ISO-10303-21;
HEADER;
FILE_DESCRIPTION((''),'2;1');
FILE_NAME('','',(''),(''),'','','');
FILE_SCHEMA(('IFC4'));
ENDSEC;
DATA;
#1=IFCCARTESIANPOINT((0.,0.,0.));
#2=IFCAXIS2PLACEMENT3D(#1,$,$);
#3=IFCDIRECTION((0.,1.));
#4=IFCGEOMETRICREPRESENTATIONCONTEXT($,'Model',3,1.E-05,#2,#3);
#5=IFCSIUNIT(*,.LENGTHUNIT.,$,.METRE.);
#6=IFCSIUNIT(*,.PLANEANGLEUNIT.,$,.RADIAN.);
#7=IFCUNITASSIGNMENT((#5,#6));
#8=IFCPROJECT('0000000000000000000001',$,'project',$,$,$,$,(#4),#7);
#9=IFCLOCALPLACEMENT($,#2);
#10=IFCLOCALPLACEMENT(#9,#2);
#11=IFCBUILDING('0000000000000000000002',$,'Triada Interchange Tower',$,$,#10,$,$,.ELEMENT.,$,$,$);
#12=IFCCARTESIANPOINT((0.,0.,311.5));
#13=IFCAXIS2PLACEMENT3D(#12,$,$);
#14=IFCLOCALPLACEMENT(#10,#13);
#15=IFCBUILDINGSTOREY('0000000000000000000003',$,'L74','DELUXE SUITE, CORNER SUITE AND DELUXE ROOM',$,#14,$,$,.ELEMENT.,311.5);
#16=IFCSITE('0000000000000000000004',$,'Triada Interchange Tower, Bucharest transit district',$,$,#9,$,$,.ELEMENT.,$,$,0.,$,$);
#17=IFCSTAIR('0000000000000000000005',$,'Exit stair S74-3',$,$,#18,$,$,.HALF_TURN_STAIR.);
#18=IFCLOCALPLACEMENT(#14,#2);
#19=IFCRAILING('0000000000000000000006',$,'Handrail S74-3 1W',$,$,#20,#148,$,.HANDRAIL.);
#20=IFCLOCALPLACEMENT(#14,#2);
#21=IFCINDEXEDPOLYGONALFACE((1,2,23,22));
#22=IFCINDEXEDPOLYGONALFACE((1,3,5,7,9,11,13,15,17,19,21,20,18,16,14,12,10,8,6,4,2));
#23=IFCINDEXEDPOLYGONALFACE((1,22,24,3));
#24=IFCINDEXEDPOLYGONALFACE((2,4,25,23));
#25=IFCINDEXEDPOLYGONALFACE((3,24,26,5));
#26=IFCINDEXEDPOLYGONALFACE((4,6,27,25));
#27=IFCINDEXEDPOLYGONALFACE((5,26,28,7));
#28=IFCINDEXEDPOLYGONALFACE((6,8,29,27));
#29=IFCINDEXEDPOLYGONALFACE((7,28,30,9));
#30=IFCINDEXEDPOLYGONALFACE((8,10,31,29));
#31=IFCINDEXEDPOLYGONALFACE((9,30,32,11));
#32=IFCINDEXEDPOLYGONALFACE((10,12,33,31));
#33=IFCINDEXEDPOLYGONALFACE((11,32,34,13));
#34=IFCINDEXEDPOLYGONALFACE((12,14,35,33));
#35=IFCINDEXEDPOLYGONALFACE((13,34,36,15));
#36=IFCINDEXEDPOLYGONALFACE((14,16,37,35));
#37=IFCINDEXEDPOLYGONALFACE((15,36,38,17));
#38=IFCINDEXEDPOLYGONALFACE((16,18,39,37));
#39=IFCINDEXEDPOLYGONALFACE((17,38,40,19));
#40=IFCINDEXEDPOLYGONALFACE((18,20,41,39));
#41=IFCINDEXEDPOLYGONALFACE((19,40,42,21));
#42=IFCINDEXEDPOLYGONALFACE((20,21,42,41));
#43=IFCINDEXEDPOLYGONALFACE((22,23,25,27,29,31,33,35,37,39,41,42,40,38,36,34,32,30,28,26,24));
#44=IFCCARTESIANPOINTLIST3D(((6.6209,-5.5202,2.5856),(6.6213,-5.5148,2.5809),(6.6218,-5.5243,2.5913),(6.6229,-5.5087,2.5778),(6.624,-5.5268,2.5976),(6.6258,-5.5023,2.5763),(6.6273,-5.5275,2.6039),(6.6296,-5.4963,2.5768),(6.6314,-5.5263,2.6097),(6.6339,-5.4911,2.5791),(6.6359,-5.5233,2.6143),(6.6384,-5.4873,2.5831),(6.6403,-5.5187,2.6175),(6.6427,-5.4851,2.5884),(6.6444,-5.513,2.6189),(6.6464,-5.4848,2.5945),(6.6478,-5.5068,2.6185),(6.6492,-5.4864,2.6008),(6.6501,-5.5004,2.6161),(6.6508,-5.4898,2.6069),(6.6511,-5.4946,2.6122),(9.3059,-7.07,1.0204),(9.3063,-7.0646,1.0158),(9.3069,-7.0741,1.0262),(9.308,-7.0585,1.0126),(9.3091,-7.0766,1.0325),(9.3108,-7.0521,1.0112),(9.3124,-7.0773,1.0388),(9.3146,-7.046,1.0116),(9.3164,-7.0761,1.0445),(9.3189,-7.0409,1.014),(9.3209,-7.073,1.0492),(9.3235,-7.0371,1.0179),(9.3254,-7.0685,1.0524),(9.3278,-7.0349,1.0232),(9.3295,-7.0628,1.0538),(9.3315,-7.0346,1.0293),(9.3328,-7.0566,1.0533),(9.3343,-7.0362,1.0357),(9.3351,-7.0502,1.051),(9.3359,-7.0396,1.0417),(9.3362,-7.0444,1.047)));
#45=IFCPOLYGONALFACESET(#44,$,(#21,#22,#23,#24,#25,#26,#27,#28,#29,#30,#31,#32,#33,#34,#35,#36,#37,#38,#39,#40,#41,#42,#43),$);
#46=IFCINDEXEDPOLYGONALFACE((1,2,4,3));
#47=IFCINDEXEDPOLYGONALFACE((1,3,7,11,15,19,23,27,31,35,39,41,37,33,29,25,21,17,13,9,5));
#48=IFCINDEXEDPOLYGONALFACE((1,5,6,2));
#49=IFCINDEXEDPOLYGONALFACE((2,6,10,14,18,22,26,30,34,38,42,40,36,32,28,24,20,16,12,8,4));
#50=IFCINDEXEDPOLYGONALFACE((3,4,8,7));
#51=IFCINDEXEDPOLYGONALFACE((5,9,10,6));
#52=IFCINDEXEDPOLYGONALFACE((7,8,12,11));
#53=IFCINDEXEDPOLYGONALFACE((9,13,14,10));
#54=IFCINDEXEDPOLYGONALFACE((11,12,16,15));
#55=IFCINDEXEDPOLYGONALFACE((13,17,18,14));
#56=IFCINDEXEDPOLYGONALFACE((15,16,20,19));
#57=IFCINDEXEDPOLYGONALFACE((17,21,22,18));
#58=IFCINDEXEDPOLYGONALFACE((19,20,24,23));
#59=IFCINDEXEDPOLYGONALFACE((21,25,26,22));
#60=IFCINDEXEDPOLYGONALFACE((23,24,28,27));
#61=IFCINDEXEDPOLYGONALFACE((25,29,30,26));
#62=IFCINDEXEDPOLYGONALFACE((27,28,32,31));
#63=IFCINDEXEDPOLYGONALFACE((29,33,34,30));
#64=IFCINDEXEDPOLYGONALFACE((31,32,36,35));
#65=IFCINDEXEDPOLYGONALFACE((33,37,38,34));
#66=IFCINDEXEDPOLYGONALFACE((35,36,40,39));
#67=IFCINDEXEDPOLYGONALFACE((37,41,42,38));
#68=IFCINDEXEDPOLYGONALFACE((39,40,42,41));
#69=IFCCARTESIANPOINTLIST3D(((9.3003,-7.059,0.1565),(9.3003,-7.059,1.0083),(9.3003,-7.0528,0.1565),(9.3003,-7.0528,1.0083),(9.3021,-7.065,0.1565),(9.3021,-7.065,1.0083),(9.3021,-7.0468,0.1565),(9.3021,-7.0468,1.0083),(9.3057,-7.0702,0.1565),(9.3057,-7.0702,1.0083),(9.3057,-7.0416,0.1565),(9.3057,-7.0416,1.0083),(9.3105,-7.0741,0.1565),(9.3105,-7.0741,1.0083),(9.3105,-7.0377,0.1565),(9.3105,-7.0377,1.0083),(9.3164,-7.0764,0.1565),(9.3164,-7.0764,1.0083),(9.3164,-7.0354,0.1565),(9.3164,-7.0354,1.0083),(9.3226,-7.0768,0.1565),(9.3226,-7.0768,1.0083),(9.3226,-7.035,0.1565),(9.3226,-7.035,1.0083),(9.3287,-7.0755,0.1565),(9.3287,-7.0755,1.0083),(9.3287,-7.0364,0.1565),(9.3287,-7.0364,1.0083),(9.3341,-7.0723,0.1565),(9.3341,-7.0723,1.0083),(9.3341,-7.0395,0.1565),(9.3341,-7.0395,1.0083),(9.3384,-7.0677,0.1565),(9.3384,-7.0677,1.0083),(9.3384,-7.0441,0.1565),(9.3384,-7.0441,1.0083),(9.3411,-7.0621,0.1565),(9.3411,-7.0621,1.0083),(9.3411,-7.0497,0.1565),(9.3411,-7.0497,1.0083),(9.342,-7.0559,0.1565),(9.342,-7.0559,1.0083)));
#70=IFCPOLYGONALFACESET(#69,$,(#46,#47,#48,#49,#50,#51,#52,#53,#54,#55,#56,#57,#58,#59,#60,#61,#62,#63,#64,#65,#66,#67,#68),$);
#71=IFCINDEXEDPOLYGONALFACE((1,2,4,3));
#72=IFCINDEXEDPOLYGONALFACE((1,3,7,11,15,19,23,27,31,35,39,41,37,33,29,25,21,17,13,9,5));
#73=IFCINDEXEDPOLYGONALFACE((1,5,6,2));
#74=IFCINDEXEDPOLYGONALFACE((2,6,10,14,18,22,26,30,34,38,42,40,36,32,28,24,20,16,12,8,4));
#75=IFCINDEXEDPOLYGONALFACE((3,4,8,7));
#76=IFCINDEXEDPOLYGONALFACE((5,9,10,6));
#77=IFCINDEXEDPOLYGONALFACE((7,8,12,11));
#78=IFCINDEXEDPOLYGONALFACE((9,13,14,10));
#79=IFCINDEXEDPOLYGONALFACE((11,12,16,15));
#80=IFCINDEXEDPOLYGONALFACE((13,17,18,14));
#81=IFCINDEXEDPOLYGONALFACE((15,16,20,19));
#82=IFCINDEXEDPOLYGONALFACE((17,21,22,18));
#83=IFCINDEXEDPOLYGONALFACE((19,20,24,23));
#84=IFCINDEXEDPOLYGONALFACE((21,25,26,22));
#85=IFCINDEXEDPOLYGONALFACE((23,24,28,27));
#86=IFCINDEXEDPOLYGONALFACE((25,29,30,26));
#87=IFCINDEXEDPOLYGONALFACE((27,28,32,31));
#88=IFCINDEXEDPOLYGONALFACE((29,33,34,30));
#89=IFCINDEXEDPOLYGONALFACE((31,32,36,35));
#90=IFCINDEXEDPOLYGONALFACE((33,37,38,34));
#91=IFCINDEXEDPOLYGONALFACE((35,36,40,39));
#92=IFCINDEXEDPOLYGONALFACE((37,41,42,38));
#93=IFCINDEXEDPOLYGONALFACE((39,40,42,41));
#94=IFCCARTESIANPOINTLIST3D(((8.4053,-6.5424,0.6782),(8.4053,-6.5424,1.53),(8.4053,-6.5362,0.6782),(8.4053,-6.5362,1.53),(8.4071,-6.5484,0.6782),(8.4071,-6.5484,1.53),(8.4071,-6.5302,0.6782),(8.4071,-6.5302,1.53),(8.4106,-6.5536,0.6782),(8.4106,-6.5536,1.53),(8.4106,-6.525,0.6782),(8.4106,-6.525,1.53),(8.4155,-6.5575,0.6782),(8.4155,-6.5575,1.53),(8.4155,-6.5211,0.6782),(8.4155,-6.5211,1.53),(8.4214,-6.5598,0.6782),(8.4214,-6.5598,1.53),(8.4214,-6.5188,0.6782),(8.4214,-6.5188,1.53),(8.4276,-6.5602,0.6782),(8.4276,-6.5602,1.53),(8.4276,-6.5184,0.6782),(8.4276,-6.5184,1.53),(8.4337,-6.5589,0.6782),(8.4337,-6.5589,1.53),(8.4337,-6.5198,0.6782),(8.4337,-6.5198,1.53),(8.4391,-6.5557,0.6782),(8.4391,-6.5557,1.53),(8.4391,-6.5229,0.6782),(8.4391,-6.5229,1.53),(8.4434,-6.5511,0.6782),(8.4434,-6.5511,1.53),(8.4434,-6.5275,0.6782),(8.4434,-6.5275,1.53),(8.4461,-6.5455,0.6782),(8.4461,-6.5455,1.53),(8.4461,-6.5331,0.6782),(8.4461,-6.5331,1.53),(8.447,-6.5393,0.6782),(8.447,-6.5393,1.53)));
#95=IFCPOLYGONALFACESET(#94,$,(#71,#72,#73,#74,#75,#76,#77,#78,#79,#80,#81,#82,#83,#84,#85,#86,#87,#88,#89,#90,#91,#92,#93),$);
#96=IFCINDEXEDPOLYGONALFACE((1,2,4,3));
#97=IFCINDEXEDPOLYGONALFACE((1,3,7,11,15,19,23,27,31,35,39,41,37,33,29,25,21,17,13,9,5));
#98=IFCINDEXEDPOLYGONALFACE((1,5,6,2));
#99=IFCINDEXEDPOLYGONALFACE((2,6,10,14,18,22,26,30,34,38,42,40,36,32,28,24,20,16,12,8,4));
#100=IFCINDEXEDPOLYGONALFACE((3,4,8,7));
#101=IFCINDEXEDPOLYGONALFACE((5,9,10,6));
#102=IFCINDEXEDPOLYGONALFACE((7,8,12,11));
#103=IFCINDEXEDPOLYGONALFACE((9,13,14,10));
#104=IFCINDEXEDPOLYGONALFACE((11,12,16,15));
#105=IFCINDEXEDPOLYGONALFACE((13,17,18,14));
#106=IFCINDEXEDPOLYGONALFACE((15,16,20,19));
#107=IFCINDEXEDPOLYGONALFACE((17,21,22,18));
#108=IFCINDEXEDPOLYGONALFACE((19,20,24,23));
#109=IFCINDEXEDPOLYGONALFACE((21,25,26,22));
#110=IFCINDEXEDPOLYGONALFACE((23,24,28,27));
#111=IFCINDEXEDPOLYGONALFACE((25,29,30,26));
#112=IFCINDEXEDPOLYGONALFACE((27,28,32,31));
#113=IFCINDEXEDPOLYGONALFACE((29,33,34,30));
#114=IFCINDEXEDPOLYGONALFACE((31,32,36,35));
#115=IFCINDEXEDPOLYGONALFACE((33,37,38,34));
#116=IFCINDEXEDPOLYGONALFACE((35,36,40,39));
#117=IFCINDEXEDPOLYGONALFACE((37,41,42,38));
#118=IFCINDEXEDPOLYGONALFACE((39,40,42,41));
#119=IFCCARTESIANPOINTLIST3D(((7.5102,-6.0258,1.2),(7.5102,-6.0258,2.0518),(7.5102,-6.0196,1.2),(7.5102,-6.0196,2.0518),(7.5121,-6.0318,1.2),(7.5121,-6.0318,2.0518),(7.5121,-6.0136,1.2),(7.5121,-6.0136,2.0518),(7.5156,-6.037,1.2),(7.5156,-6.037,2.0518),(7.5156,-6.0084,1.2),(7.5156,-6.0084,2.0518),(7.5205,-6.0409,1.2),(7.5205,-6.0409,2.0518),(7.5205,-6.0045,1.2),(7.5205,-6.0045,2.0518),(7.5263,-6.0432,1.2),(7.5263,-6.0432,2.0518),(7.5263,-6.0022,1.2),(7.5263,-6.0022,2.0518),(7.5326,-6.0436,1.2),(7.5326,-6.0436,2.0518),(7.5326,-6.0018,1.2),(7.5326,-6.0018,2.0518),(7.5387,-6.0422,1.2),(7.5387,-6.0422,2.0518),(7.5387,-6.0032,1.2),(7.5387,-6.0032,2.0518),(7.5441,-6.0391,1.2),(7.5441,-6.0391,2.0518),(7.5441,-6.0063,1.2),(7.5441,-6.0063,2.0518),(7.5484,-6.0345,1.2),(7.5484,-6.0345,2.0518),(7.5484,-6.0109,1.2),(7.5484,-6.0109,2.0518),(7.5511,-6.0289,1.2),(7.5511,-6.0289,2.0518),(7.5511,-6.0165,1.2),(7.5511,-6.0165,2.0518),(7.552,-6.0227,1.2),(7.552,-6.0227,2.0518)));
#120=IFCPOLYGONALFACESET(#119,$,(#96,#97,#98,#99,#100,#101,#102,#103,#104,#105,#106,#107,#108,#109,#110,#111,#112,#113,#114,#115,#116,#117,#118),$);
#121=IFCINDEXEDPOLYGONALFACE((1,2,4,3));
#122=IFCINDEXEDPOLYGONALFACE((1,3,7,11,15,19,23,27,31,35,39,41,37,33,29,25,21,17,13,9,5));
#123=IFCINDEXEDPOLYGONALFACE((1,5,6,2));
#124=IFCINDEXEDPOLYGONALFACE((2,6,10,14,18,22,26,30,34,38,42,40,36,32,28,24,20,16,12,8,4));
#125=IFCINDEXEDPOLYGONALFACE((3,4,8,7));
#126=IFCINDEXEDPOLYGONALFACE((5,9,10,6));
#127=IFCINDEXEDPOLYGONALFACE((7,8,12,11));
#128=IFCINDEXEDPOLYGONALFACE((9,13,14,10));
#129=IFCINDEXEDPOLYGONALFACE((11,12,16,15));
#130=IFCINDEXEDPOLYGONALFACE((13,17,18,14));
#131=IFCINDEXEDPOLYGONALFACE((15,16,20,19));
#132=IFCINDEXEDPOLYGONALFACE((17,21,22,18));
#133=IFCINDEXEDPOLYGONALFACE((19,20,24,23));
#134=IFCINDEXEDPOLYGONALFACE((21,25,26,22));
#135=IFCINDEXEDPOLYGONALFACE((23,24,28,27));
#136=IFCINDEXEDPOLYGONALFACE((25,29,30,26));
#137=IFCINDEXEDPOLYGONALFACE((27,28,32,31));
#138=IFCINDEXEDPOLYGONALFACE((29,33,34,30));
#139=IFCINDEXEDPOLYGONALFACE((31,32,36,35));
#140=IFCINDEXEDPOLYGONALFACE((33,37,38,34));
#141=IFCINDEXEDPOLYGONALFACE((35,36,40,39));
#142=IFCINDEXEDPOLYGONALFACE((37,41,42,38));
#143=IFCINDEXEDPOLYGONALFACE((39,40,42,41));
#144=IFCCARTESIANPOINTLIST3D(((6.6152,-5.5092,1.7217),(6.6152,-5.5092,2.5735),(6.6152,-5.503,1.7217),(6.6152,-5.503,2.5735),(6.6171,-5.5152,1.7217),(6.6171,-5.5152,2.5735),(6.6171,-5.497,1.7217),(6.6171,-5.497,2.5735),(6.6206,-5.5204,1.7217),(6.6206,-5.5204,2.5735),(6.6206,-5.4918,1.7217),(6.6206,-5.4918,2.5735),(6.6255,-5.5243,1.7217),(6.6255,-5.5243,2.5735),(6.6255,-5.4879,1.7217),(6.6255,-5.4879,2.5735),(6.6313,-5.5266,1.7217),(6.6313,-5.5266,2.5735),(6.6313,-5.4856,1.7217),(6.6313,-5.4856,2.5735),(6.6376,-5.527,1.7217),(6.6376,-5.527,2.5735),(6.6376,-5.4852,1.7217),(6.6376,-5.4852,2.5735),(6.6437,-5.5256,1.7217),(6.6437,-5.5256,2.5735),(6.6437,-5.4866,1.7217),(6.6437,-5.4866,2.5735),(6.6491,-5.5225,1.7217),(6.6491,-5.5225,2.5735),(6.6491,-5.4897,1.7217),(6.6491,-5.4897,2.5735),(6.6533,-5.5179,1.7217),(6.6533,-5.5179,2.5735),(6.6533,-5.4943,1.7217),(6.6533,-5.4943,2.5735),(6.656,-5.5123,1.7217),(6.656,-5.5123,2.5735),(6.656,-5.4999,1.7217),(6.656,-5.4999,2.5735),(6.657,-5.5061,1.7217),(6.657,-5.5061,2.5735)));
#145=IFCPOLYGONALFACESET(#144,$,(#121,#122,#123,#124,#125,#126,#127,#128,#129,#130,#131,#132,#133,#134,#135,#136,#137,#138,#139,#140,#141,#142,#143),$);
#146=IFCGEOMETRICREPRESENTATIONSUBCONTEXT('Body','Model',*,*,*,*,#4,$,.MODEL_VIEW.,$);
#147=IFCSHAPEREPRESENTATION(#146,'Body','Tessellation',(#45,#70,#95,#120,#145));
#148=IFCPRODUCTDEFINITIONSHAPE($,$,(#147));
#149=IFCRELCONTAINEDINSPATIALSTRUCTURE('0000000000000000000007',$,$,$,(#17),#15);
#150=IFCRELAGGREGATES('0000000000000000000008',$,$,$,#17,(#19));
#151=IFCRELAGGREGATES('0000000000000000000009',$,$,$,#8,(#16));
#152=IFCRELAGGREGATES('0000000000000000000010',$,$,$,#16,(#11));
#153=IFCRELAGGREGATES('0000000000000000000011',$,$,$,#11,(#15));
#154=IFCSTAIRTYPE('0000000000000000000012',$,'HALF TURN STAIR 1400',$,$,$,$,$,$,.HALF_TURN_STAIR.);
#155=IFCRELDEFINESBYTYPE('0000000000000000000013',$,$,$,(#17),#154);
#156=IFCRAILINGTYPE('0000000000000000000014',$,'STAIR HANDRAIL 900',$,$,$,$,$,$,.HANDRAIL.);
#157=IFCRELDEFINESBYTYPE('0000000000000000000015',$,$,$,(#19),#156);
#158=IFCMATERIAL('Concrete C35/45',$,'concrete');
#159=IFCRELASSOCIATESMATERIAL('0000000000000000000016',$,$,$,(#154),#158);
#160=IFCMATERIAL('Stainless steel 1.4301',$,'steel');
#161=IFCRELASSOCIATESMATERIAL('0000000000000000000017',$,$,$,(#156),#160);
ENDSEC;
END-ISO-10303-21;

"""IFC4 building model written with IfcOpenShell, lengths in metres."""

from ifc_helpers import new_model, si_unit, direction, frame, origin, origin_2d, place, context, subcontext, project, spatial, circle, extrude, material, type_object, element, aggregate, save


model = new_model("IFC4")

# Units and contexts
model_context = context("Model", 3, precision=1e-05, world=origin(), true_north=direction((0.0, 1.0)))
body_context = subcontext(model_context, "Body", "Model", "MODEL_VIEW")
ifc_project = project(units=[si_unit("LENGTHUNIT", "METRE"), si_unit("PLANEANGLEUNIT", "RADIAN")], contexts=[model_context])

# Site, building, storey
site_placement = place(None, origin())
site = spatial("IfcSite", under=ifc_project, at=site_placement, Name="Triada Interchange Tower, Bucharest transit district", CompositionType="ELEMENT", RefElevation=0.0)
building_placement = place(site_placement, origin())
building = spatial("IfcBuilding", under=site, at=building_placement, Name="Triada Interchange Tower", CompositionType="ELEMENT")
storey_placement = place(building_placement, frame((0.0, 0.0, 311.5)))
storey = spatial("IfcBuildingStorey", under=building, at=storey_placement, Name="L74", Description="DELUXE SUITE, CORNER SUITE AND DELUXE ROOM", CompositionType="ELEMENT", Elevation=311.5)

# Stair, railing
ifc_material_1 = material(Name="Concrete C35/45", Category="concrete")
stair_type = type_object("IfcStairType", Name="HALF TURN STAIR 1400", PredefinedType="HALF_TURN_STAIR", material=ifc_material_1)
stair_placement = place(storey_placement, origin())
stair = element("IfcStair", 1, at=stair_placement, inside=storey, type_object=stair_type, Name="Exit stair S74-3", PredefinedType="HALF_TURN_STAIR")
ifc_material_2 = material(Name="Stainless steel 1.4301", Category="steel")
railing_type = type_object("IfcRailingType", Name="STAIR HANDRAIL 900", PredefinedType="HANDRAIL", material=ifc_material_2)
railing_1_placement = place(storey_placement, frame((9.321, -7.0559, 0.1565)))
railing_1 = element("IfcRailing", 2, at=railing_1_placement, type_object=railing_type, Name="Handrail S74-3 1W", PredefinedType="HANDRAIL", context=body_context, shape_type="SweptSolid", body=[
    extrude(circle(Radius=0.0239, at=origin_2d()), frame((0.0, 0.0, 0.876), z_axis=(-0.773139, 0.446253, 0.450682), x_axis=(-0.4999, -0.866083, 0.0)), (0.0, 0.0, 1.0), 3.4729),
    extrude(circle(Radius=0.021, at=origin_2d()), origin(), (0.0, 0.0, 1.0), 0.8518),
    extrude(circle(Radius=0.021, at=origin_2d()), frame((-0.895, 0.5166, 0.5217)), (0.0, 0.0, 1.0), 0.8518),
    extrude(circle(Radius=0.021, at=origin_2d()), frame((-1.79, 1.0332, 1.0435)), (0.0, 0.0, 1.0), 0.8518),
    extrude(circle(Radius=0.021, at=origin_2d()), frame((-2.6851, 1.5498, 1.5652)), (0.0, 0.0, 1.0), 0.8518),
])
aggregate(stair, [railing_1])

save(model, "model.ifc")
